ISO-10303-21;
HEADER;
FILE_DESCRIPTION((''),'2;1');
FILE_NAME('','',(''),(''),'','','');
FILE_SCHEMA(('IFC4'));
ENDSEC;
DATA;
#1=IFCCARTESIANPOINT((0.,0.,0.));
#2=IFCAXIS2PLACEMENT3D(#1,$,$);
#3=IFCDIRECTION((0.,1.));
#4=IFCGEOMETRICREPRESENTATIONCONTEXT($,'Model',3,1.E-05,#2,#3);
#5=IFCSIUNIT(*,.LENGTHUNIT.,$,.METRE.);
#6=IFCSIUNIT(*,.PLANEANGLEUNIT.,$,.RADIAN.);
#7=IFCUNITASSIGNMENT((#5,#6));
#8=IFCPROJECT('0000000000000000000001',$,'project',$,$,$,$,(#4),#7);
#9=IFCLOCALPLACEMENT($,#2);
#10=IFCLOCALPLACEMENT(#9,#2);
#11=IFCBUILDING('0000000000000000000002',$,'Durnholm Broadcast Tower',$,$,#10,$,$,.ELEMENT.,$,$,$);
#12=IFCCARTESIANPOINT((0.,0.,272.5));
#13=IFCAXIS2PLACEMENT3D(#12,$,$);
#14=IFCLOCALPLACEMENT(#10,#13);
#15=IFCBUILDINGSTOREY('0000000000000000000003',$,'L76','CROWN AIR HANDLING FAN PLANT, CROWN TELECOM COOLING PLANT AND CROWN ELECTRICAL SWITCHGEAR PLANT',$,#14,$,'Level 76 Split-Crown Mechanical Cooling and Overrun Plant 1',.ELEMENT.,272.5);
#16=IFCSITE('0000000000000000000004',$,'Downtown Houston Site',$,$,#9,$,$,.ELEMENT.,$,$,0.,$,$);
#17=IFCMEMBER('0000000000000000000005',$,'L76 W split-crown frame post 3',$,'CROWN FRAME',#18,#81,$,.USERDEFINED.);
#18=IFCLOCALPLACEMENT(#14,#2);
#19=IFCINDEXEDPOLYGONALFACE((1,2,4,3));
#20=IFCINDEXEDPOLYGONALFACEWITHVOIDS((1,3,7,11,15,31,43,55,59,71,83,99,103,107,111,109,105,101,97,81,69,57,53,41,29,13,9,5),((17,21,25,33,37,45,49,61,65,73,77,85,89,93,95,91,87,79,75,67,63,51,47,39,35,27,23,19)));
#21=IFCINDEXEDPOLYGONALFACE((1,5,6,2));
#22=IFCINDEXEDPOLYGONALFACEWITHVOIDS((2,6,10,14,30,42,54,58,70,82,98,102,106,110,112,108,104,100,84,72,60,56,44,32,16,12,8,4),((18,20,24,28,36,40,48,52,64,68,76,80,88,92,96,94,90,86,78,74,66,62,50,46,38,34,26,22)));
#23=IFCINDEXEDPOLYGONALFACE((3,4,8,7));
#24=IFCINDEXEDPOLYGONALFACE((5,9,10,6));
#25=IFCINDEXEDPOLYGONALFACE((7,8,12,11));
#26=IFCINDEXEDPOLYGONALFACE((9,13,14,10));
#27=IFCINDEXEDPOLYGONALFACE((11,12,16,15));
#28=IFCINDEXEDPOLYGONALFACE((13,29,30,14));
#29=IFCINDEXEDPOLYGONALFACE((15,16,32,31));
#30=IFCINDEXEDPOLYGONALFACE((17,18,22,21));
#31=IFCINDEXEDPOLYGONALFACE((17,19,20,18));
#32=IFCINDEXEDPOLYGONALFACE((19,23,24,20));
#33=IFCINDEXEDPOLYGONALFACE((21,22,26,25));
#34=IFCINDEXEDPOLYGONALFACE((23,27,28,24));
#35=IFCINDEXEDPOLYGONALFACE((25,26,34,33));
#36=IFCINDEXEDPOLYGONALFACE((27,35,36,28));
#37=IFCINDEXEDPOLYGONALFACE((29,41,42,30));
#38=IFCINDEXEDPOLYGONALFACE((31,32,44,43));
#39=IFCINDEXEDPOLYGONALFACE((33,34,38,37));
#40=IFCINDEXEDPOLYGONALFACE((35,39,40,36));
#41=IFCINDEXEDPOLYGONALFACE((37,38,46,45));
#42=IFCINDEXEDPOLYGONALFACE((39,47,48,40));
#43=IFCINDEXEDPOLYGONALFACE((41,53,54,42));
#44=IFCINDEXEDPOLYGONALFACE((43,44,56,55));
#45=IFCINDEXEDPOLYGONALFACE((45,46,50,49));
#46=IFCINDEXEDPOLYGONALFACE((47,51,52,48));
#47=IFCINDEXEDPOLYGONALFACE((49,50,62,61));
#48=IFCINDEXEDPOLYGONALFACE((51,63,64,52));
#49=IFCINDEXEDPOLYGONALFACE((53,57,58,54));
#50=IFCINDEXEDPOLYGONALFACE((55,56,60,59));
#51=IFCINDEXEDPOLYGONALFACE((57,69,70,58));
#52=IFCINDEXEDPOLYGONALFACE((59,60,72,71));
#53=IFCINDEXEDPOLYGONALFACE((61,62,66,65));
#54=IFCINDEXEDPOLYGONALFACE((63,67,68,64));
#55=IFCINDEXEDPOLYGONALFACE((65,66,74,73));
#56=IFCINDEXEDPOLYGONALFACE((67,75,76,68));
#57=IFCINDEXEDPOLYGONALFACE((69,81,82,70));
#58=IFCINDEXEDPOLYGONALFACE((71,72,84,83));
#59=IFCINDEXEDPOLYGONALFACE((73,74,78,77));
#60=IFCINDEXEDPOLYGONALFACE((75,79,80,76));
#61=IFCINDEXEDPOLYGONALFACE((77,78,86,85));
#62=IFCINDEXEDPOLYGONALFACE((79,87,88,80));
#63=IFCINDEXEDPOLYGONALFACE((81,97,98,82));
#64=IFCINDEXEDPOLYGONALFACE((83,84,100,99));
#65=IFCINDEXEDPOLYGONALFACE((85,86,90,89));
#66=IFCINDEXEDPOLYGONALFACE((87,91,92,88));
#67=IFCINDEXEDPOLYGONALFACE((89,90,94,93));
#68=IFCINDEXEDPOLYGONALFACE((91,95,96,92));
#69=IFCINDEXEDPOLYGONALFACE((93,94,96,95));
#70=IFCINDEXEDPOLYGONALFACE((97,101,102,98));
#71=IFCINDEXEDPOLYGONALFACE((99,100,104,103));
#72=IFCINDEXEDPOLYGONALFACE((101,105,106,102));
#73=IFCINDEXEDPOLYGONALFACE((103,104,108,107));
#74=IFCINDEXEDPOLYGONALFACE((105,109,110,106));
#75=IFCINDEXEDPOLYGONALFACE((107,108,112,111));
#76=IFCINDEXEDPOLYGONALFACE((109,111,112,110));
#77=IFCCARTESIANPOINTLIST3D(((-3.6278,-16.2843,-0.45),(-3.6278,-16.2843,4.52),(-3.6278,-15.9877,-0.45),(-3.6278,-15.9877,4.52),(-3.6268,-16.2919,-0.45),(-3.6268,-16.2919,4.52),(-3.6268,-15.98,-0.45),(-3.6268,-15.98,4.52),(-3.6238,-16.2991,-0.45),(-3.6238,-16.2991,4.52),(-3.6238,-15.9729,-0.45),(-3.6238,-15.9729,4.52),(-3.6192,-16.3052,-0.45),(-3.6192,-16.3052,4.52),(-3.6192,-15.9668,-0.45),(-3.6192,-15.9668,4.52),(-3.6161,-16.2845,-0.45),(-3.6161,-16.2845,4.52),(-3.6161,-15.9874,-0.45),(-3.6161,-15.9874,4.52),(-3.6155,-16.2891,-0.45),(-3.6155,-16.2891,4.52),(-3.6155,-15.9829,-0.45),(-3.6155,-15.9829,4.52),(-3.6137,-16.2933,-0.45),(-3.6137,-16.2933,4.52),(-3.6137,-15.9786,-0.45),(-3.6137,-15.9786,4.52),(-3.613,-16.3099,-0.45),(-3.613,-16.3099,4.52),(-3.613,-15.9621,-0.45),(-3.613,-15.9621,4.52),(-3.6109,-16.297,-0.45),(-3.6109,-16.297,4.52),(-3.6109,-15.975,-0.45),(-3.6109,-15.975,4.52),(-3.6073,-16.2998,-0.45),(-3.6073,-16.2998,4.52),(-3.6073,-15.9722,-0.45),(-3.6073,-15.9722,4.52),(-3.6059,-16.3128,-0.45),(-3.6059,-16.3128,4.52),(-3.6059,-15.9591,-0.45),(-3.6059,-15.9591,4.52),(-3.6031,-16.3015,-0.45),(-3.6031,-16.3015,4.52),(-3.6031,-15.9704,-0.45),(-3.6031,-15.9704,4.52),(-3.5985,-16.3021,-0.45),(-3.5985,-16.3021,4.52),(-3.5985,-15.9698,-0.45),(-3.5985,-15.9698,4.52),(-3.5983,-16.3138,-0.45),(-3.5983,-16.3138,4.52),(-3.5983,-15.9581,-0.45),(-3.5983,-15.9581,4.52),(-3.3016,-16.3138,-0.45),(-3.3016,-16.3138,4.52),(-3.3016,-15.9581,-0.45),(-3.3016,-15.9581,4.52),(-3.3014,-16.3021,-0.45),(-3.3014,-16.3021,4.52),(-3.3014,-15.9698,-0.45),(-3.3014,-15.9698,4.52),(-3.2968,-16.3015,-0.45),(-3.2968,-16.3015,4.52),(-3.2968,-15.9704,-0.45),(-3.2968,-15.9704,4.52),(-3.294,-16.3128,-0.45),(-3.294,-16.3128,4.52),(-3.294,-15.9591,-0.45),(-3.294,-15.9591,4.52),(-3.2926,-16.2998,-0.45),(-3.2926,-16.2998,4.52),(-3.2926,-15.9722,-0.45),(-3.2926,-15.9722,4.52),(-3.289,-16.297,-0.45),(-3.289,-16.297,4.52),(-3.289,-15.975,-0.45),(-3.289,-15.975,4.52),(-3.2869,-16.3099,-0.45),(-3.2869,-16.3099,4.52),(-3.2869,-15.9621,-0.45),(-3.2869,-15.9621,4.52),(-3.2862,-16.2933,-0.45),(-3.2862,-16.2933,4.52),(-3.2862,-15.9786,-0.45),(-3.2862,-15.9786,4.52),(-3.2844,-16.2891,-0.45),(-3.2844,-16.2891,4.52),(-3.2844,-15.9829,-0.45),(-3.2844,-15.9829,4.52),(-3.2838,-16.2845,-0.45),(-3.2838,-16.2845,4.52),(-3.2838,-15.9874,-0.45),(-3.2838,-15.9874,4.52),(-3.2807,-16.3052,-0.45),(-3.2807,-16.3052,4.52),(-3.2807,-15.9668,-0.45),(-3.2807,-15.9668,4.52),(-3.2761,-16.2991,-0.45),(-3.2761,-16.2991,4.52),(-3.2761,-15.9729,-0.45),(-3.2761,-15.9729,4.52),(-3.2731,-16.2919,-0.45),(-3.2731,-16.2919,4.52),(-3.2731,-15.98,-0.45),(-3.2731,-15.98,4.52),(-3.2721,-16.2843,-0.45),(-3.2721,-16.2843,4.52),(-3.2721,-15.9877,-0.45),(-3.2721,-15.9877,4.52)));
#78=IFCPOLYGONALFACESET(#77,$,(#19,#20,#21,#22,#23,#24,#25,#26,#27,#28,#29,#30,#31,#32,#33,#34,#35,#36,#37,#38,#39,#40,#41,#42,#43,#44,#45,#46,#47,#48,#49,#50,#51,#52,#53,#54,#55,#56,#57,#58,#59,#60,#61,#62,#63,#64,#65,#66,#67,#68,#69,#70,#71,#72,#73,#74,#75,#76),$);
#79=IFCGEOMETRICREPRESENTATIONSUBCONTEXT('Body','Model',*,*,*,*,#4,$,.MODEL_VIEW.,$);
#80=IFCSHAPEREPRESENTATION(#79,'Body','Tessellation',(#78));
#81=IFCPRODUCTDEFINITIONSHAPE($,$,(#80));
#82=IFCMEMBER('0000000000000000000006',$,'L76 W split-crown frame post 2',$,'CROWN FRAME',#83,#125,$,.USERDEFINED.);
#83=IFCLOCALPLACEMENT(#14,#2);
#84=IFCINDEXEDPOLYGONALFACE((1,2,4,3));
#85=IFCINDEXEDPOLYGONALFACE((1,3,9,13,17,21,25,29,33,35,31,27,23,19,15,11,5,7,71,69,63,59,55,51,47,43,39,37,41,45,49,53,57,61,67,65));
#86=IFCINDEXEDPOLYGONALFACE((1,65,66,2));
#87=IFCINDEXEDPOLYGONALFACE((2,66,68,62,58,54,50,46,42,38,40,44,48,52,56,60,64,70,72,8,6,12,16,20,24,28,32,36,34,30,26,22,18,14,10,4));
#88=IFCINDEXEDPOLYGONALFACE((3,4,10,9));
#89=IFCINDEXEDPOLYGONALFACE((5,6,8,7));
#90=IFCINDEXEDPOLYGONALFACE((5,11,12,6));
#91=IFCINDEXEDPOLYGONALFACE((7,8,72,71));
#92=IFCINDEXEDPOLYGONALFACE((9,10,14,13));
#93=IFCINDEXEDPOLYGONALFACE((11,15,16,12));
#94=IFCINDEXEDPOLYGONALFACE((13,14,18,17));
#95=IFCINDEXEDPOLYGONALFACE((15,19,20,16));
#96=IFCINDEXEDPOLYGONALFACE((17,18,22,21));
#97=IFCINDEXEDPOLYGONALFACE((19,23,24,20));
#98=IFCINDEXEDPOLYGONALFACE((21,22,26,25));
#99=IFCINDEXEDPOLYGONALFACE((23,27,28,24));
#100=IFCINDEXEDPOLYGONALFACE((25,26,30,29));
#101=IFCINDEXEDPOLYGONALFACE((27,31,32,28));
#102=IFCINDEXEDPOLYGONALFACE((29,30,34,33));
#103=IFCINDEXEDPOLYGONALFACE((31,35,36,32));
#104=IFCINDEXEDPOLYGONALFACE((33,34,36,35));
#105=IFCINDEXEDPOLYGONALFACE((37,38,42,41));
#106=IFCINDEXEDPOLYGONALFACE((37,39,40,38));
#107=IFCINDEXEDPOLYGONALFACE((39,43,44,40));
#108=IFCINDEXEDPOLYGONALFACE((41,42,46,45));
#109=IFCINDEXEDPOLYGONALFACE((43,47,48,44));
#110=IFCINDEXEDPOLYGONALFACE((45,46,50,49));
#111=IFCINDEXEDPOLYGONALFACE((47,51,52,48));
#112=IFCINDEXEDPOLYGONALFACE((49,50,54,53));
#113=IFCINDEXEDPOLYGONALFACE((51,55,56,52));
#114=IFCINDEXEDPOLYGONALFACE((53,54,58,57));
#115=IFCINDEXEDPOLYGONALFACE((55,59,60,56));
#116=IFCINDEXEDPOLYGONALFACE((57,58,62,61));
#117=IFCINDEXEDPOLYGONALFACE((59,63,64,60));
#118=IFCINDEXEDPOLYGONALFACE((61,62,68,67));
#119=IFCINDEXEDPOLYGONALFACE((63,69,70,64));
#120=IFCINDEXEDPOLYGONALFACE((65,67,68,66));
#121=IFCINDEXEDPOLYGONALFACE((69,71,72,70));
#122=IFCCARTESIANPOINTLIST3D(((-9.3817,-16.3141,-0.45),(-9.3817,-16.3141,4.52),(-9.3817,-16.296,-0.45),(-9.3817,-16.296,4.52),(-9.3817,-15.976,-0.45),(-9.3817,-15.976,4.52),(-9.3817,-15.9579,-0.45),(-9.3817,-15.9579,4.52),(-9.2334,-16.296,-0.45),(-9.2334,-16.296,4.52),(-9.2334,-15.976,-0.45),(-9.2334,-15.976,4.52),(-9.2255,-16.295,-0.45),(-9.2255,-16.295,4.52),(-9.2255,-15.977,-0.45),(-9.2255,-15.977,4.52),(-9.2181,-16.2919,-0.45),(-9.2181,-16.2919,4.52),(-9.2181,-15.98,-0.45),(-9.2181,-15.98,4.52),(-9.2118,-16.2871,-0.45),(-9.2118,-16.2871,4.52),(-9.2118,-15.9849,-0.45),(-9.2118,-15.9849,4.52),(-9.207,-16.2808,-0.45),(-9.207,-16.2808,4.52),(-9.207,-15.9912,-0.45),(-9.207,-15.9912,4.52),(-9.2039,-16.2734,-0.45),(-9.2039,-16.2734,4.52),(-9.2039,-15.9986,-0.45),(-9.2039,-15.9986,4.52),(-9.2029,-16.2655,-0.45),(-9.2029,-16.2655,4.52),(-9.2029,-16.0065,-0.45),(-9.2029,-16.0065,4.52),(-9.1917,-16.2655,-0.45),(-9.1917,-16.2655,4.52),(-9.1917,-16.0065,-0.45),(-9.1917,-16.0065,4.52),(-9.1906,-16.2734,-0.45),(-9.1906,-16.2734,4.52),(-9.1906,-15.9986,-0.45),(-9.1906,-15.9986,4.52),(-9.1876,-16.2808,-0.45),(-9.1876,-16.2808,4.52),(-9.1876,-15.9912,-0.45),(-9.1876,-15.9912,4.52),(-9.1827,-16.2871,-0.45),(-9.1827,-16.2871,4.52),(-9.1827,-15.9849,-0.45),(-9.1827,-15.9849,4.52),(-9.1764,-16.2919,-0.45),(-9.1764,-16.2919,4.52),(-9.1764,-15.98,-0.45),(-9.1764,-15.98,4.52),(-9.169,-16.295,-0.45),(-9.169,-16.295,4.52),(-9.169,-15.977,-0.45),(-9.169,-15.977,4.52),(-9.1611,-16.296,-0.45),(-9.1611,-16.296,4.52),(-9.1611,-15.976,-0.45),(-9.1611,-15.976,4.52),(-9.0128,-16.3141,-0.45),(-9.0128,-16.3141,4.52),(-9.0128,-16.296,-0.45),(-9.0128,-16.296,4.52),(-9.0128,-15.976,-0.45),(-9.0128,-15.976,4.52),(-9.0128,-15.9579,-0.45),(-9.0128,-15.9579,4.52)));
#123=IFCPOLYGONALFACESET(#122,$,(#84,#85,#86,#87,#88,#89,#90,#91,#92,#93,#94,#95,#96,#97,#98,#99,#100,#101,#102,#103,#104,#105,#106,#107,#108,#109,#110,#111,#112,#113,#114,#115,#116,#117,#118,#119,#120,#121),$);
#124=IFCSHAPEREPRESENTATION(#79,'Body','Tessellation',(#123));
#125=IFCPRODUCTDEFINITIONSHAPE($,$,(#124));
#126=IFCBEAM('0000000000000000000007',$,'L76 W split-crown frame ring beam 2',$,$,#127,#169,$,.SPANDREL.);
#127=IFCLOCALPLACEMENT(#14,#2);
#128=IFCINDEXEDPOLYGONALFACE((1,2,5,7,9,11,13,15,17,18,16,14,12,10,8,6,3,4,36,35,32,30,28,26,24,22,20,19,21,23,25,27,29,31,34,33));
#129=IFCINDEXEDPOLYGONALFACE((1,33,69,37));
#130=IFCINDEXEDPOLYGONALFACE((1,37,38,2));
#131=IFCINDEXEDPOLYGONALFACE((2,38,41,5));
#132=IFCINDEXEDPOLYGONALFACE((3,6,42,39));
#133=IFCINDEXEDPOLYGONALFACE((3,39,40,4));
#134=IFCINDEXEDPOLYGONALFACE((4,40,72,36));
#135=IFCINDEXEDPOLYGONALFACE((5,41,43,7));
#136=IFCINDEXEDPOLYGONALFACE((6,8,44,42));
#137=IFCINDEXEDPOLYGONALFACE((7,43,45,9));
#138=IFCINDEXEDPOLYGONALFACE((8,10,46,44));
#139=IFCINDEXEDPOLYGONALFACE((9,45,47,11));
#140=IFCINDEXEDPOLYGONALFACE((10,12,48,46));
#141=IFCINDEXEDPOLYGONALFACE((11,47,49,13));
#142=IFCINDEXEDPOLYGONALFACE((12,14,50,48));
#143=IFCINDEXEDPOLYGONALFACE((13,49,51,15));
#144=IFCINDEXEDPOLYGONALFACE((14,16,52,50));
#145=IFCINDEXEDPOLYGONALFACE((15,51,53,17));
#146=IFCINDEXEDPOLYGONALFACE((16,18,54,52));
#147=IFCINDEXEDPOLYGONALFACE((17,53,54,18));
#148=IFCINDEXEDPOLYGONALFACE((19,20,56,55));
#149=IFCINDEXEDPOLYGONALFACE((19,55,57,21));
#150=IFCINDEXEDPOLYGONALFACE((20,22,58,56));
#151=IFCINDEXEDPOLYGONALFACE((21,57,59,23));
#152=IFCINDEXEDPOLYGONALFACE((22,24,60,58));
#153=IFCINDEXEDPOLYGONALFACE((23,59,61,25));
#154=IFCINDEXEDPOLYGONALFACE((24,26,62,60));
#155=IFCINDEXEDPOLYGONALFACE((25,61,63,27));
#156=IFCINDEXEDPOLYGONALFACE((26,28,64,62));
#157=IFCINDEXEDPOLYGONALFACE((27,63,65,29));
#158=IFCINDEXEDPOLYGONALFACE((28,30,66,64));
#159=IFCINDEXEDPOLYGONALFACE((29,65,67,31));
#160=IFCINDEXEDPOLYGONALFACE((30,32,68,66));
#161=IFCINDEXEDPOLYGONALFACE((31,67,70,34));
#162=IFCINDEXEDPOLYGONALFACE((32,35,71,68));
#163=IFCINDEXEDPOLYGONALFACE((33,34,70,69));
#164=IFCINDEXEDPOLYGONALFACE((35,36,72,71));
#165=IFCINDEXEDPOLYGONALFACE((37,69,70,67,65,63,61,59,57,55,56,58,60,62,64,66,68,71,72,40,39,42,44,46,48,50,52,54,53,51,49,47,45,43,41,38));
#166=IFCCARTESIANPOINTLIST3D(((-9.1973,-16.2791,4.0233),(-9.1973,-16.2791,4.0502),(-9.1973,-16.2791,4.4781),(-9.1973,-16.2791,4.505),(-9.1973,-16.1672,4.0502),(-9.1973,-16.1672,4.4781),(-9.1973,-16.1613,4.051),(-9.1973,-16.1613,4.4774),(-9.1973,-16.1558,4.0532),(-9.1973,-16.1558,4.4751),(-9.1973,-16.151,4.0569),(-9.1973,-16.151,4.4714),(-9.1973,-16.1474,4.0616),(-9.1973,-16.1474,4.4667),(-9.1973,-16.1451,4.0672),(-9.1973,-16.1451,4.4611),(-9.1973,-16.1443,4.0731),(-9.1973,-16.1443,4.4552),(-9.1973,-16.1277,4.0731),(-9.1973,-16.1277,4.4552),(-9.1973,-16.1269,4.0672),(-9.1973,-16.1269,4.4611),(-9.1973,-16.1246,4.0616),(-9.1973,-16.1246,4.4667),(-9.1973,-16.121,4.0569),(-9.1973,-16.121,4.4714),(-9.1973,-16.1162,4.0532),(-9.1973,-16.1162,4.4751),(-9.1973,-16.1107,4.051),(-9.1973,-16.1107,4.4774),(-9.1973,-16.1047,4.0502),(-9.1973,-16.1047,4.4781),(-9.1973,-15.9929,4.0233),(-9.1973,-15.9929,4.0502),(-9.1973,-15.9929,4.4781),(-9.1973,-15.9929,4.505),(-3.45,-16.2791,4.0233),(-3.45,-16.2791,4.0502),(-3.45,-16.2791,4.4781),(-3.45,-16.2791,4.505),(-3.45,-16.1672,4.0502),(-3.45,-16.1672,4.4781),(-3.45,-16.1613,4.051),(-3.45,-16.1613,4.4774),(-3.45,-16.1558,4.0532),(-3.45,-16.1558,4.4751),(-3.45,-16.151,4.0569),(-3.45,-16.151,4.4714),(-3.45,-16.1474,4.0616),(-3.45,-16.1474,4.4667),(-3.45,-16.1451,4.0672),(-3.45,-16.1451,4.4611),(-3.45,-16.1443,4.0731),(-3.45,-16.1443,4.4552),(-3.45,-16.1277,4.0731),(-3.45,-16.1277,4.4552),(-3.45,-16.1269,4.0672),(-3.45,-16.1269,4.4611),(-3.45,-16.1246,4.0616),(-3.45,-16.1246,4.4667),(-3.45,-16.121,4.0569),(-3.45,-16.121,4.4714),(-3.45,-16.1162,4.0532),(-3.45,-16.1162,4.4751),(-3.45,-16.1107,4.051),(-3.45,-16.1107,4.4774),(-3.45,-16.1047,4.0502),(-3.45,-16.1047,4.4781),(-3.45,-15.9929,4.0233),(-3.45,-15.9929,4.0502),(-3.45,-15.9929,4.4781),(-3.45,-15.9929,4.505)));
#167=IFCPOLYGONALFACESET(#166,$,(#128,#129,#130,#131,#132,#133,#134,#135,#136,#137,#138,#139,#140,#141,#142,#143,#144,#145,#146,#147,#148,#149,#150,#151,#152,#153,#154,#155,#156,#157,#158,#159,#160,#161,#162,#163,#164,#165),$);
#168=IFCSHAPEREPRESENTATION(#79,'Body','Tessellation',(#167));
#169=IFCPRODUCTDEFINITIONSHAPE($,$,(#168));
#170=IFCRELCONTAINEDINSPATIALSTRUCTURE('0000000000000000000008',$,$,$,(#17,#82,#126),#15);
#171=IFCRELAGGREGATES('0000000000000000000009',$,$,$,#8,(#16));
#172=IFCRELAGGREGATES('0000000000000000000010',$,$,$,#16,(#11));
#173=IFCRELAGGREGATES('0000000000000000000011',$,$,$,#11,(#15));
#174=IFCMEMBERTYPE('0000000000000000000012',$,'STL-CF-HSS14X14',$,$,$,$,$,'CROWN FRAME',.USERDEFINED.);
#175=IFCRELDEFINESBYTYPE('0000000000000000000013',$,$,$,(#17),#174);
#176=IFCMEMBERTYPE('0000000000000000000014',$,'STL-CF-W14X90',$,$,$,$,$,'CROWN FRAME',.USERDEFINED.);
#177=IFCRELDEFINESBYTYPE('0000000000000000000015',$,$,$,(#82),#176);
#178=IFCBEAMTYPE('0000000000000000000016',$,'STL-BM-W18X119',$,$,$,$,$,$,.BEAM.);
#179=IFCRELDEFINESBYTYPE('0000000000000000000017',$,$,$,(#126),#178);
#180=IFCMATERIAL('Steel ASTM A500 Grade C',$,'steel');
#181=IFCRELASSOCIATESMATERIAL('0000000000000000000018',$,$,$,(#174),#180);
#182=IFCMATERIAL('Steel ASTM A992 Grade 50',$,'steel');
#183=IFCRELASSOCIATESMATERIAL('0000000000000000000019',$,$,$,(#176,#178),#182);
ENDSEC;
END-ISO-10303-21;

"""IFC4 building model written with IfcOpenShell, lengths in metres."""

from ifc_helpers import new_model, si_unit, direction, frame, origin, origin_2d, place, context, subcontext, project, spatial, hollow_rectangle, i_section, extrude, source, transform, mapped, material, material_profile, profile_set, type_object, type_shapes, element, save


model = new_model("IFC4")

# Units and contexts
model_context = context("Model", 3, precision=1e-05, world=origin(), true_north=direction((0.0, 1.0)))
body_context = subcontext(model_context, "Body", "Model", "MODEL_VIEW")
ifc_project = project(units=[si_unit("LENGTHUNIT", "METRE"), si_unit("PLANEANGLEUNIT", "RADIAN")], contexts=[model_context])

# Site, building, storey
site_placement = place(None, origin())
site = spatial("IfcSite", under=ifc_project, at=site_placement, Name="Downtown Houston Site", CompositionType="ELEMENT", RefElevation=0.0)
building_placement = place(site_placement, origin())
building = spatial("IfcBuilding", under=site, at=building_placement, Name="Durnholm Broadcast Tower", CompositionType="ELEMENT")
storey_placement = place(building_placement, frame((0.0, 0.0, 272.5)))
storey = spatial("IfcBuildingStorey", under=building, at=storey_placement, Name="L76", Description="CROWN AIR HANDLING FAN PLANT, CROWN TELECOM COOLING PLANT AND CROWN ELECTRICAL SWITCHGEAR PLANT", LongName="Level 76 Split-Crown Mechanical Cooling and Overrun Plant 1", CompositionType="ELEMENT", Elevation=272.5)

# Shared definitions
ifc_material_1 = material(Name="Steel ASTM A500 Grade C", Category="steel")

# Shared definitions
ifc_material_2 = material(Name="Steel ASTM A992 Grade 50", Category="steel")

# Members
ifc_material_profile_1 = material_profile(ifc_material_1, hollow_rectangle(XDim=0.3557, YDim=0.3557, WallThickness=0.0117, InnerFilletRadius=0.0176, OuterFilletRadius=0.0295, at=origin_2d()), Name="HSS14X14X1/2")
ifc_profile_set_1 = profile_set([ifc_material_profile_1], Name="Steel ASTM A500 Grade C")
member_type_1 = type_object("IfcMemberType", Name="STL-CF-HSS14X14", ElementType="CROWN FRAME", PredefinedType="USERDEFINED", material=ifc_profile_set_1)
shared_shape_1 = source(origin(), body_context, "Body", "SweptSolid", [
    extrude(hollow_rectangle(XDim=0.3557, YDim=0.3557, WallThickness=0.0117, InnerFilletRadius=0.0176, OuterFilletRadius=0.0295, at=origin_2d()), origin(), (0.0, 0.0, 1.0), 4.97),
])
type_shapes(member_type_1, [shared_shape_1])
member_1_placement = place(storey_placement, frame((-3.45, -16.136, -0.45), z_axis=(0.0, 0.0, 1.0), x_axis=(1.0, 0.0, 0.0)))
element("IfcMember", 1, at=member_1_placement, inside=storey, type_object=member_type_1, Name="L76 W split-crown frame post 3", ObjectType="CROWN FRAME", PredefinedType="USERDEFINED", context=body_context, shape_type="MappedRepresentation", body=[
    mapped(shared_shape_1, transform((0.0, 0.0, 0.0), x_axis=(1.0, 0.0, 0.0), y_axis=(0.0, 1.0, 0.0), z_axis=(0.0, 0.0, 1.0), scale=1.0)),
])
ifc_material_profile_2 = material_profile(ifc_material_2, i_section(OverallWidth=0.3689, OverallDepth=0.3562, WebThickness=0.0112, FlangeThickness=0.0181, FilletRadius=0.0305, at=origin_2d()), Name="W14X90")
ifc_profile_set_2 = profile_set([ifc_material_profile_2], Name="Steel ASTM A992 Grade 50")
member_type_2 = type_object("IfcMemberType", Name="STL-CF-W14X90", ElementType="CROWN FRAME", PredefinedType="USERDEFINED", material=ifc_profile_set_2)
shared_shape_2 = source(origin(), body_context, "Body", "SweptSolid", [
    extrude(i_section(OverallWidth=0.3689, OverallDepth=0.3562, WebThickness=0.0112, FlangeThickness=0.0181, FilletRadius=0.0305, at=origin_2d()), origin(), (0.0, 0.0, 1.0), 4.97),
])
type_shapes(member_type_2, [shared_shape_2])
member_2_placement = place(storey_placement, frame((-9.1973, -16.136, -0.45), z_axis=(0.0, 0.0, 1.0), x_axis=(1.0, 0.0, 0.0)))
element("IfcMember", 2, at=member_2_placement, inside=storey, type_object=member_type_2, Name="L76 W split-crown frame post 2", ObjectType="CROWN FRAME", PredefinedType="USERDEFINED", context=body_context, shape_type="MappedRepresentation", body=[
    mapped(shared_shape_2, transform((0.0, 0.0, 0.0), x_axis=(1.0, 0.0, 0.0), y_axis=(0.0, 1.0, 0.0), z_axis=(0.0, 0.0, 1.0), scale=1.0)),
])

# Beam
ifc_material_profile_3 = material_profile(ifc_material_2, i_section(OverallWidth=0.2861, OverallDepth=0.4817, WebThickness=0.0166, FlangeThickness=0.0269, FilletRadius=0.0229, at=origin_2d()), Name="W18X119")
ifc_profile_set_3 = profile_set([ifc_material_profile_3], Name="Steel ASTM A992 Grade 50")
beam_type_1 = type_object("IfcBeamType", Name="STL-BM-W18X119", PredefinedType="BEAM", material=ifc_profile_set_3)
shared_shape_3 = source(origin(), body_context, "Body", "SweptSolid", [
    extrude(i_section(OverallWidth=0.2861, OverallDepth=0.4817, WebThickness=0.0166, FlangeThickness=0.0269, FilletRadius=0.0229, at=origin_2d()), origin(), (0.0, 0.0, 1.0), 5.7473),
])
type_shapes(beam_type_1, [shared_shape_3])
beam_1_placement = place(storey_placement, frame((-9.1973, -16.136, 4.2642), z_axis=(1.0, 0.0, 0.0), x_axis=(0.0, 1.0, 0.0)))
element("IfcBeam", 3, at=beam_1_placement, inside=storey, type_object=beam_type_1, Name="L76 W split-crown frame ring beam 2", PredefinedType="SPANDREL", context=body_context, shape_type="MappedRepresentation", body=[
    mapped(shared_shape_3, transform((0.0, 0.0, 0.0), x_axis=(1.0, 0.0, 0.0), y_axis=(0.0, 1.0, 0.0), z_axis=(0.0, 0.0, 1.0), scale=1.0)),
])

save(model, "model.ifc")
